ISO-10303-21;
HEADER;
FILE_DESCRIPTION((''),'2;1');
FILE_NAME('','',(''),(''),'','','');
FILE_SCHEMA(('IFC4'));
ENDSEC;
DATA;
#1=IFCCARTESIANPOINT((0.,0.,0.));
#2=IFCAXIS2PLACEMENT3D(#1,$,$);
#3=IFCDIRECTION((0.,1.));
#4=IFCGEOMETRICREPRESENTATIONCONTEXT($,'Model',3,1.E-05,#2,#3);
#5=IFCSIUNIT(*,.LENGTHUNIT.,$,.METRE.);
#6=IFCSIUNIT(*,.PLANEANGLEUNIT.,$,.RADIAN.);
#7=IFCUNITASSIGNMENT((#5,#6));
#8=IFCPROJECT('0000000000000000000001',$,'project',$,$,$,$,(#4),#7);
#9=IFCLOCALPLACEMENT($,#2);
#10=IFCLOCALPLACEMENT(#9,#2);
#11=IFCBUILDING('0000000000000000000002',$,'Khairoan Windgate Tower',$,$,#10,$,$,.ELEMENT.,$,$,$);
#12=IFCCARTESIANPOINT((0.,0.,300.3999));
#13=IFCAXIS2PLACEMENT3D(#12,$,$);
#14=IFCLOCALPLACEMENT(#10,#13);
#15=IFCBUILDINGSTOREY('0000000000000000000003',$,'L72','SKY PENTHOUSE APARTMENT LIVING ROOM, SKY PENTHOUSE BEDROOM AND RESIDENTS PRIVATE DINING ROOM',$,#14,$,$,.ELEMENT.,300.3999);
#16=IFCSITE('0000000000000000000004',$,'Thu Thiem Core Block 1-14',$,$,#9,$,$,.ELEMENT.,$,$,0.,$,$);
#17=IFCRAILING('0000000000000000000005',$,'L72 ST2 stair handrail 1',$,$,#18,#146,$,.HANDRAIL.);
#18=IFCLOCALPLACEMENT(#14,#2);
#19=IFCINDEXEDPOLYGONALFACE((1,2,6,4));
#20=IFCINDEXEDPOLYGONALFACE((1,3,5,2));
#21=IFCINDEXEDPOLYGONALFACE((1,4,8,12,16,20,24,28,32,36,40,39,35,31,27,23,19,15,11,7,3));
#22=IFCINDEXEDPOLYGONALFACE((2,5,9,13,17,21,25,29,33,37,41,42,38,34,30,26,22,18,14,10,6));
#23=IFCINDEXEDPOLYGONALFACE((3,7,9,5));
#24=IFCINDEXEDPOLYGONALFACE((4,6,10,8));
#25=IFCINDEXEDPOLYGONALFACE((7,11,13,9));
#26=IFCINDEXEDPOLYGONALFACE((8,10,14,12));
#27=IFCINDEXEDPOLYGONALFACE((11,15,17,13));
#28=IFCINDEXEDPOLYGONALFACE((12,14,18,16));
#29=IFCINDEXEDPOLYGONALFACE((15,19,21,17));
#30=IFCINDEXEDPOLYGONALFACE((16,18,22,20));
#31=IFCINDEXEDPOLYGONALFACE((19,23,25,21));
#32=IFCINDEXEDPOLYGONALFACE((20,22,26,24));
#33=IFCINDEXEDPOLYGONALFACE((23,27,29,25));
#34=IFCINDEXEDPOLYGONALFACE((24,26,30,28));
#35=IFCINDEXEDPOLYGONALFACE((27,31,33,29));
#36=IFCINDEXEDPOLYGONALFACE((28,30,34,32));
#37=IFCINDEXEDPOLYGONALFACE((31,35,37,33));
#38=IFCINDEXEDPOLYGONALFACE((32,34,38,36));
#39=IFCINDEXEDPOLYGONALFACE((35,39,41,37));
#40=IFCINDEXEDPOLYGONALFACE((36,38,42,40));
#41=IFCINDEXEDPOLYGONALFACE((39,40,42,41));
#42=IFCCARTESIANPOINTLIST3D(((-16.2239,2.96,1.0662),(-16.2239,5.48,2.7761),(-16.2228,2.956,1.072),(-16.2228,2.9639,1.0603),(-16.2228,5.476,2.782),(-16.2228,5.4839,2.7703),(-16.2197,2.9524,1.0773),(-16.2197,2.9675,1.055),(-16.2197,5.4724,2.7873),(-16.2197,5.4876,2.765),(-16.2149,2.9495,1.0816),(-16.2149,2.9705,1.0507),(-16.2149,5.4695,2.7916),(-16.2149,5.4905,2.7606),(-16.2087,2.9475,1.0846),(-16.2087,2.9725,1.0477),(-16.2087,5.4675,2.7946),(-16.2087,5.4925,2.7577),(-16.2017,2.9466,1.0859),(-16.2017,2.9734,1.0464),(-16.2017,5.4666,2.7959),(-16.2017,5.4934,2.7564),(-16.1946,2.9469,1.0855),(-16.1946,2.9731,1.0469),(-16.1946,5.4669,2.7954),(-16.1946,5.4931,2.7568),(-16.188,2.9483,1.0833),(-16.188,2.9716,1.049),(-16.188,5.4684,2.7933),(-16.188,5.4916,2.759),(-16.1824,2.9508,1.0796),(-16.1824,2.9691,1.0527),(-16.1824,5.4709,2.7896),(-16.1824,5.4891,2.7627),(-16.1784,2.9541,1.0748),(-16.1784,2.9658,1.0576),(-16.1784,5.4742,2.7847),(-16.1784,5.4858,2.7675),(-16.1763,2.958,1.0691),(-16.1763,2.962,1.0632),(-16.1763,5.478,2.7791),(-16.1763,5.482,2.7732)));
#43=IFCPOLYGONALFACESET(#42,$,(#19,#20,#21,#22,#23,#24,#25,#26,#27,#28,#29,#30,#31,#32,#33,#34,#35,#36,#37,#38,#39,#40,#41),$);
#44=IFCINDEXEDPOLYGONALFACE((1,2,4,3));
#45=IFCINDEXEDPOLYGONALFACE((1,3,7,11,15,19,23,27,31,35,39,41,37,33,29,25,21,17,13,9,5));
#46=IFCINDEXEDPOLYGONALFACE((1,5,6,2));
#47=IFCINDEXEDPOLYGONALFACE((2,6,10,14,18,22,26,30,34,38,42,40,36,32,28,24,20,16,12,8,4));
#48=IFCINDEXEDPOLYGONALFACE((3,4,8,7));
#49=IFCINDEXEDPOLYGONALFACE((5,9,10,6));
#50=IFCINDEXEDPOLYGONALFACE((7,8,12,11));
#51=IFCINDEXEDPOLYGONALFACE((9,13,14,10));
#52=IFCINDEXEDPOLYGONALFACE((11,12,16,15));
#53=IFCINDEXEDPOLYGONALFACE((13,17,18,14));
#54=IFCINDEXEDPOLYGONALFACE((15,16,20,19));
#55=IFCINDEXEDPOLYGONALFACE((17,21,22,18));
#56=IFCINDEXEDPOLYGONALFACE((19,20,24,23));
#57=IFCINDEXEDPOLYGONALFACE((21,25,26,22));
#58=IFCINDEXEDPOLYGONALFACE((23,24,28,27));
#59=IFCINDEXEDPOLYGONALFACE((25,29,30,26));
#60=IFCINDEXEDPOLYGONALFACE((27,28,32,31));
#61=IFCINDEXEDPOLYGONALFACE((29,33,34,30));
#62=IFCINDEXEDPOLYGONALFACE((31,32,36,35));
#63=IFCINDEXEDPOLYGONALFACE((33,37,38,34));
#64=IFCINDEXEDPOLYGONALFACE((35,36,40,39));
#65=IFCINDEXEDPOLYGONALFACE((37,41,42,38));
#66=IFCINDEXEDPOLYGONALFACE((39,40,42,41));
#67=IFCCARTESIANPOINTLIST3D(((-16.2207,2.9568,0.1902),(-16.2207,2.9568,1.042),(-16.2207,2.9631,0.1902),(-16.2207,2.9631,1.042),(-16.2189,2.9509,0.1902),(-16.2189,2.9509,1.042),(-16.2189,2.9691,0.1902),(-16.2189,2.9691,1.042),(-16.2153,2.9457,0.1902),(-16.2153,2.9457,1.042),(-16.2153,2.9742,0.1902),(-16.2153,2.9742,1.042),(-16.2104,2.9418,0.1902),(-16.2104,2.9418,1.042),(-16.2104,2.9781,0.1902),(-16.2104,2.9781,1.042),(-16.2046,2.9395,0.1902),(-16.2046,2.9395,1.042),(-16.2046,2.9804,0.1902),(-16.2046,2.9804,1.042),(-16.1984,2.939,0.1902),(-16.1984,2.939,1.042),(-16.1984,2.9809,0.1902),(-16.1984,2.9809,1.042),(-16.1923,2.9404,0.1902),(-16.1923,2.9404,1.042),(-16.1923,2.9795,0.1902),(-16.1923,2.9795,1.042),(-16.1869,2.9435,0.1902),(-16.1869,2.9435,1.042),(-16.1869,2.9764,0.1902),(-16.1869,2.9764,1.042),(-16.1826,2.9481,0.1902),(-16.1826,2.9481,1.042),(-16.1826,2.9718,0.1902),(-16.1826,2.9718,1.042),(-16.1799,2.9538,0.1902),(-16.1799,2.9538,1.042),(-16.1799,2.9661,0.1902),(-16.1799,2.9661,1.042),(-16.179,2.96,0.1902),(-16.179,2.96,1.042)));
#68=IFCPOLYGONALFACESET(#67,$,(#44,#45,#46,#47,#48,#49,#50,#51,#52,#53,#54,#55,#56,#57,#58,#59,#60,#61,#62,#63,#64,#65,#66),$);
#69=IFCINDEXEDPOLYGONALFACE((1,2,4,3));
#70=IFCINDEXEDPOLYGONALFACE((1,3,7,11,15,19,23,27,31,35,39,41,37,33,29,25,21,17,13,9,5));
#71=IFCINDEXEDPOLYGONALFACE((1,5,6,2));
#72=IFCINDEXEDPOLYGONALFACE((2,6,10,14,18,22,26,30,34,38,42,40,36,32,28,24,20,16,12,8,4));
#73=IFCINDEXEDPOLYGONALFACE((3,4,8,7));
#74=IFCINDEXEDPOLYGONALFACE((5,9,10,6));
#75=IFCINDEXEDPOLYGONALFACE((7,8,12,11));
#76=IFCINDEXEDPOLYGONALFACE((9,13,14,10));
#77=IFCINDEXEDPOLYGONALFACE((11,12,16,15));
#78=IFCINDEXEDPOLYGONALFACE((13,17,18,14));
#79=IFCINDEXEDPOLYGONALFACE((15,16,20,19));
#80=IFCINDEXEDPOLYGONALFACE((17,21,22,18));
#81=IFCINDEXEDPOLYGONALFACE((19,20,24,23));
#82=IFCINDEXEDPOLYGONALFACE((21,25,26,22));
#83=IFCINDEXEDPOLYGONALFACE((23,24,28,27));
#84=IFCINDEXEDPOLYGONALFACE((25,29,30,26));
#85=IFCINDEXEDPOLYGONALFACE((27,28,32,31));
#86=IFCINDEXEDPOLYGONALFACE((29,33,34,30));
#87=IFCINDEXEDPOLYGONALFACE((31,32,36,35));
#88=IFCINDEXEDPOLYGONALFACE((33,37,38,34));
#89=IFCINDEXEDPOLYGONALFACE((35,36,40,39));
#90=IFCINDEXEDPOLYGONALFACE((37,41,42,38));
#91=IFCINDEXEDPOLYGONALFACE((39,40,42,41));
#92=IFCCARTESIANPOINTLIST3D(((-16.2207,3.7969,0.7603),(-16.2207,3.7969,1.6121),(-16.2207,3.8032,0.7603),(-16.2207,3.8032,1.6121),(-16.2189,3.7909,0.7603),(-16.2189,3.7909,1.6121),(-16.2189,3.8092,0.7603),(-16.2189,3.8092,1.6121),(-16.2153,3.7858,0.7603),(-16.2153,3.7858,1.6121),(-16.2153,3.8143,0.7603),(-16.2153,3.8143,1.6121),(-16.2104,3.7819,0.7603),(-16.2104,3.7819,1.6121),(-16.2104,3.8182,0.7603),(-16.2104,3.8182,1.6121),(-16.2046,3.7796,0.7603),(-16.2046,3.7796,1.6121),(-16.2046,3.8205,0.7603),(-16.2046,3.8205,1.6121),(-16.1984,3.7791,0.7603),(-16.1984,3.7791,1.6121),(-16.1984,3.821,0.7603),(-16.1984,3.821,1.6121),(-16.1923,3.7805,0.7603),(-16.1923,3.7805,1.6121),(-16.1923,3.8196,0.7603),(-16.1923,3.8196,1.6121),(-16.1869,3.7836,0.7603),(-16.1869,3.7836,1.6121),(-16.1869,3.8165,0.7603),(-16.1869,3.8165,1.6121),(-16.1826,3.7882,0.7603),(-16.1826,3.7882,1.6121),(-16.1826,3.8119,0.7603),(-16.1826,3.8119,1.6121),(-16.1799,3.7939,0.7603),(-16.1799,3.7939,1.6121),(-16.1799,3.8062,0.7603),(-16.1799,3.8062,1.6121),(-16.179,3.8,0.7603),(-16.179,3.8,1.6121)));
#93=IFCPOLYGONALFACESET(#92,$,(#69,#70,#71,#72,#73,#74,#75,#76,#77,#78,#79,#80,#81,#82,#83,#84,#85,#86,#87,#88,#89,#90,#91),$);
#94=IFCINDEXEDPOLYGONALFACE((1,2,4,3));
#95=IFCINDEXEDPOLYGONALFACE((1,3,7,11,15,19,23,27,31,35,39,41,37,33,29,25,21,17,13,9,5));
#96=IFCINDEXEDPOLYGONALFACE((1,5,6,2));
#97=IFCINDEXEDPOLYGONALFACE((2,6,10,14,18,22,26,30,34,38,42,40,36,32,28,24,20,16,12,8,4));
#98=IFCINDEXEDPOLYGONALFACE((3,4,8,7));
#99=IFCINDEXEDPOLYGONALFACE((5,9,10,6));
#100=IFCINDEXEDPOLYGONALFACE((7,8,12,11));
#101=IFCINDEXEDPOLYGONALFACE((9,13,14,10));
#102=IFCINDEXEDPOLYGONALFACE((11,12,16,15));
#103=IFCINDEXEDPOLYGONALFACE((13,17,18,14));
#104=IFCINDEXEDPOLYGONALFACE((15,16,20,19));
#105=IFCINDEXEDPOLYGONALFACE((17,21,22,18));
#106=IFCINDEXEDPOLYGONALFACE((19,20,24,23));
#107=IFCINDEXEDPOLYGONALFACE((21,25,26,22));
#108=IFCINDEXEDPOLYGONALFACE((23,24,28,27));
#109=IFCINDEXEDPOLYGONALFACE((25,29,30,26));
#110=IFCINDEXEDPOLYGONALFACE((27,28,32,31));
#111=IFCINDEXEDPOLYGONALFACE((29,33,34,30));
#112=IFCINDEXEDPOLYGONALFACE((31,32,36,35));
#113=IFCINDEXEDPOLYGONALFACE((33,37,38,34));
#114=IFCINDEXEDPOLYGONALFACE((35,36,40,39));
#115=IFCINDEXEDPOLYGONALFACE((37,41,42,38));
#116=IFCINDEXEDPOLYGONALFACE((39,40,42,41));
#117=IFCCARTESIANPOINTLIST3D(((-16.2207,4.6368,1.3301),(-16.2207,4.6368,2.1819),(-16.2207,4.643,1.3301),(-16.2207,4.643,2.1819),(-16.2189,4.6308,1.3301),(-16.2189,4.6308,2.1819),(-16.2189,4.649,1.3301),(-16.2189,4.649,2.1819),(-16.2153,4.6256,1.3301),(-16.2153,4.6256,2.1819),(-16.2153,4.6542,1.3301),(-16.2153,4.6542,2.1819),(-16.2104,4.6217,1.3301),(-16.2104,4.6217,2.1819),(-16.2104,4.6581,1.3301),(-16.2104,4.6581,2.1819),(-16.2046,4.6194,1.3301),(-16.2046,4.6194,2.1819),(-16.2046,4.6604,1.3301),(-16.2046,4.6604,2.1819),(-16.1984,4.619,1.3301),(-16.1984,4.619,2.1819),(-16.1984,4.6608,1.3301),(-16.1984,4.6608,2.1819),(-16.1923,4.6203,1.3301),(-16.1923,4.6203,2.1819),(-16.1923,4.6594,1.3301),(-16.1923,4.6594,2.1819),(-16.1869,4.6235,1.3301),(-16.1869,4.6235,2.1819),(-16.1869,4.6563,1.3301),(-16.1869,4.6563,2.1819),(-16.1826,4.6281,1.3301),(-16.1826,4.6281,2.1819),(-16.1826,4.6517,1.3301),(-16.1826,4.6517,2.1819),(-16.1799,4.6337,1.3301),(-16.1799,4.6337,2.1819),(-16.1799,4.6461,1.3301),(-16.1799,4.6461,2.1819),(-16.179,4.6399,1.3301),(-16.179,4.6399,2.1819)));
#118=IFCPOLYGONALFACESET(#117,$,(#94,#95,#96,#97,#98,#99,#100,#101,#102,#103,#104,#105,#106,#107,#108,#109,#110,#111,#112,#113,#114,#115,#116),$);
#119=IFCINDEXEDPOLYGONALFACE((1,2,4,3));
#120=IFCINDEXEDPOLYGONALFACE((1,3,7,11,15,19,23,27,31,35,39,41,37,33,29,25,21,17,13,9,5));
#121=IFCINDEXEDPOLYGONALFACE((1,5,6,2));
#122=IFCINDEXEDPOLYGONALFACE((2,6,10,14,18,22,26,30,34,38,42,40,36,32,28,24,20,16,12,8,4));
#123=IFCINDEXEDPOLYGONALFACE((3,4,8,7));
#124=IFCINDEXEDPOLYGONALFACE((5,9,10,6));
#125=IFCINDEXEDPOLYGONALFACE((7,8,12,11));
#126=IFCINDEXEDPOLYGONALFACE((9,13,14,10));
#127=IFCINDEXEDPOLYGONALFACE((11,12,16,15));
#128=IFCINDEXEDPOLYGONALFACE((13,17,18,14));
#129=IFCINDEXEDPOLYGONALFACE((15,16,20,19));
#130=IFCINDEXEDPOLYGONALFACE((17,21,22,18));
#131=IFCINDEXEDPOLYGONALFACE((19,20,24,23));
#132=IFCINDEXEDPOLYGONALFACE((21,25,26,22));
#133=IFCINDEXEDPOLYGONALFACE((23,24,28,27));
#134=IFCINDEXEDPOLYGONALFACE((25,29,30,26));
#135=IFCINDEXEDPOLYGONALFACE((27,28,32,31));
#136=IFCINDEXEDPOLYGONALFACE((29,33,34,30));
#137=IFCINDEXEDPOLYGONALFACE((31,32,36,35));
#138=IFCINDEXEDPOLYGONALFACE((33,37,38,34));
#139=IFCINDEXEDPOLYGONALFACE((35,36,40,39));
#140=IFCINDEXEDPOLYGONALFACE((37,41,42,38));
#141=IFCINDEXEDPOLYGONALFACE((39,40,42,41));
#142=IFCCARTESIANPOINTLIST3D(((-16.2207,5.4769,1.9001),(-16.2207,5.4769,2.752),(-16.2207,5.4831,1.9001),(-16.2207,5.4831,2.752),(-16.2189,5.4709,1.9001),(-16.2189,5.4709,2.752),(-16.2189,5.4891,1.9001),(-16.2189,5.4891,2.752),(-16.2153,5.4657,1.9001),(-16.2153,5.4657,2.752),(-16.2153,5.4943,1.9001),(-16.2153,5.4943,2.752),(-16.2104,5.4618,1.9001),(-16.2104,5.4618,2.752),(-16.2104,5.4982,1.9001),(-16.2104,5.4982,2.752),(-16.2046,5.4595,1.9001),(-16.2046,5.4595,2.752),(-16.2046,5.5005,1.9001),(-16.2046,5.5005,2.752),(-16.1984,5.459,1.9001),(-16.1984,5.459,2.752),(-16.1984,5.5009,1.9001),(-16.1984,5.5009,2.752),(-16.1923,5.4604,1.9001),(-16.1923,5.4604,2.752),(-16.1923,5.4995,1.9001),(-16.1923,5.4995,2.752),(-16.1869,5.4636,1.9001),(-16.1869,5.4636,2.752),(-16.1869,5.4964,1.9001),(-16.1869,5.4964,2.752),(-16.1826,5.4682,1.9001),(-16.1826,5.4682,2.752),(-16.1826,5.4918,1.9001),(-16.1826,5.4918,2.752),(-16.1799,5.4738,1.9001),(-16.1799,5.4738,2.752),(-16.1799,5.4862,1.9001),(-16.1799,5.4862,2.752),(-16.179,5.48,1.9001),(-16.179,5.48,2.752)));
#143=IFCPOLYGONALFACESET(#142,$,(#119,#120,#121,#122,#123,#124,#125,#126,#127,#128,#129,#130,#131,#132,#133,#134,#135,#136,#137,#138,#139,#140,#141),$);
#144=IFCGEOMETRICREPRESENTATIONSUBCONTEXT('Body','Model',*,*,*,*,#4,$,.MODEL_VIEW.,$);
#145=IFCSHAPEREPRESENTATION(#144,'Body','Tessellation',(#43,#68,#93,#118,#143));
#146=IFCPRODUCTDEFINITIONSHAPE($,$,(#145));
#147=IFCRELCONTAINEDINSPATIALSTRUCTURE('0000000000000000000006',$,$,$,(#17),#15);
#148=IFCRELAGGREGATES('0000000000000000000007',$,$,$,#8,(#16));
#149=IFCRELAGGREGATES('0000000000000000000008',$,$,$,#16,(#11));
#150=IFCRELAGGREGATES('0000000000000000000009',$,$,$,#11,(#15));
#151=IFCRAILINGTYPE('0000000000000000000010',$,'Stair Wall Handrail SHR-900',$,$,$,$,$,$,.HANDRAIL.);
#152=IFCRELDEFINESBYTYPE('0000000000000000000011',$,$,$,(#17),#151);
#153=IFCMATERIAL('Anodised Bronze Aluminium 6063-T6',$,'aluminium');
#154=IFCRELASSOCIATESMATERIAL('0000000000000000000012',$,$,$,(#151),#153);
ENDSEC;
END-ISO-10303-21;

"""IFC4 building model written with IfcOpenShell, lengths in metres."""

from ifc_helpers import new_model, si_unit, direction, frame, origin, origin_2d, place, context, subcontext, project, spatial, circle, extrude, material, type_object, element, save


model = new_model("IFC4")

# Units and contexts
model_context = context("Model", 3, precision=1e-05, world=origin(), true_north=direction((0.0, 1.0)))
body_context = subcontext(model_context, "Body", "Model", "MODEL_VIEW")
ifc_project = project(units=[si_unit("LENGTHUNIT", "METRE"), si_unit("PLANEANGLEUNIT", "RADIAN")], contexts=[model_context])

# Site, building, storey
site_placement = place(None, origin())
site = spatial("IfcSite", under=ifc_project, at=site_placement, Name="Thu Thiem Core Block 1-14", CompositionType="ELEMENT", RefElevation=0.0)
building_placement = place(site_placement, origin())
building = spatial("IfcBuilding", under=site, at=building_placement, Name="Khairoan Windgate Tower", CompositionType="ELEMENT")
storey_placement = place(building_placement, frame((0.0, 0.0, 300.3999)))
storey = spatial("IfcBuildingStorey", under=building, at=storey_placement, Name="L72", Description="SKY PENTHOUSE APARTMENT LIVING ROOM, SKY PENTHOUSE BEDROOM AND RESIDENTS PRIVATE DINING ROOM", CompositionType="ELEMENT", Elevation=300.3999)

# Railing
ifc_material_1 = material(Name="Anodised Bronze Aluminium 6063-T6", Category="aluminium")
railing_type_1 = type_object("IfcRailingType", Name="Stair Wall Handrail SHR-900", PredefinedType="HANDRAIL", material=ifc_material_1)
railing_1_placement = place(storey_placement, frame((-16.2, 2.96, 0.1902)))
element("IfcRailing", 1, at=railing_1_placement, inside=storey, type_object=railing_type_1, Name="L72 ST2 stair handrail 1", PredefinedType="HANDRAIL", context=body_context, shape_type="SweptSolid", body=[
    extrude(circle(Radius=0.0239, at=origin_2d()), frame((0.0, 0.0, 0.876), z_axis=(0.0, 0.827484, 0.56149), x_axis=(-1.0, 0.0, 0.0)), (0.0, 0.0, 1.0), 3.0454),
    extrude(circle(Radius=0.021, at=origin_2d()), origin(), (0.0, 0.0, 1.0), 0.8518),
    extrude(circle(Radius=0.021, at=origin_2d()), frame((0.0, 0.8401, 0.5701)), (0.0, 0.0, 1.0), 0.8518),
    extrude(circle(Radius=0.021, at=origin_2d()), frame((0.0, 1.6799, 1.1399)), (0.0, 0.0, 1.0), 0.8518),
    extrude(circle(Radius=0.021, at=origin_2d()), frame((0.0, 2.52, 1.71)), (0.0, 0.0, 1.0), 0.8518),
])

save(model, "model.ifc")
